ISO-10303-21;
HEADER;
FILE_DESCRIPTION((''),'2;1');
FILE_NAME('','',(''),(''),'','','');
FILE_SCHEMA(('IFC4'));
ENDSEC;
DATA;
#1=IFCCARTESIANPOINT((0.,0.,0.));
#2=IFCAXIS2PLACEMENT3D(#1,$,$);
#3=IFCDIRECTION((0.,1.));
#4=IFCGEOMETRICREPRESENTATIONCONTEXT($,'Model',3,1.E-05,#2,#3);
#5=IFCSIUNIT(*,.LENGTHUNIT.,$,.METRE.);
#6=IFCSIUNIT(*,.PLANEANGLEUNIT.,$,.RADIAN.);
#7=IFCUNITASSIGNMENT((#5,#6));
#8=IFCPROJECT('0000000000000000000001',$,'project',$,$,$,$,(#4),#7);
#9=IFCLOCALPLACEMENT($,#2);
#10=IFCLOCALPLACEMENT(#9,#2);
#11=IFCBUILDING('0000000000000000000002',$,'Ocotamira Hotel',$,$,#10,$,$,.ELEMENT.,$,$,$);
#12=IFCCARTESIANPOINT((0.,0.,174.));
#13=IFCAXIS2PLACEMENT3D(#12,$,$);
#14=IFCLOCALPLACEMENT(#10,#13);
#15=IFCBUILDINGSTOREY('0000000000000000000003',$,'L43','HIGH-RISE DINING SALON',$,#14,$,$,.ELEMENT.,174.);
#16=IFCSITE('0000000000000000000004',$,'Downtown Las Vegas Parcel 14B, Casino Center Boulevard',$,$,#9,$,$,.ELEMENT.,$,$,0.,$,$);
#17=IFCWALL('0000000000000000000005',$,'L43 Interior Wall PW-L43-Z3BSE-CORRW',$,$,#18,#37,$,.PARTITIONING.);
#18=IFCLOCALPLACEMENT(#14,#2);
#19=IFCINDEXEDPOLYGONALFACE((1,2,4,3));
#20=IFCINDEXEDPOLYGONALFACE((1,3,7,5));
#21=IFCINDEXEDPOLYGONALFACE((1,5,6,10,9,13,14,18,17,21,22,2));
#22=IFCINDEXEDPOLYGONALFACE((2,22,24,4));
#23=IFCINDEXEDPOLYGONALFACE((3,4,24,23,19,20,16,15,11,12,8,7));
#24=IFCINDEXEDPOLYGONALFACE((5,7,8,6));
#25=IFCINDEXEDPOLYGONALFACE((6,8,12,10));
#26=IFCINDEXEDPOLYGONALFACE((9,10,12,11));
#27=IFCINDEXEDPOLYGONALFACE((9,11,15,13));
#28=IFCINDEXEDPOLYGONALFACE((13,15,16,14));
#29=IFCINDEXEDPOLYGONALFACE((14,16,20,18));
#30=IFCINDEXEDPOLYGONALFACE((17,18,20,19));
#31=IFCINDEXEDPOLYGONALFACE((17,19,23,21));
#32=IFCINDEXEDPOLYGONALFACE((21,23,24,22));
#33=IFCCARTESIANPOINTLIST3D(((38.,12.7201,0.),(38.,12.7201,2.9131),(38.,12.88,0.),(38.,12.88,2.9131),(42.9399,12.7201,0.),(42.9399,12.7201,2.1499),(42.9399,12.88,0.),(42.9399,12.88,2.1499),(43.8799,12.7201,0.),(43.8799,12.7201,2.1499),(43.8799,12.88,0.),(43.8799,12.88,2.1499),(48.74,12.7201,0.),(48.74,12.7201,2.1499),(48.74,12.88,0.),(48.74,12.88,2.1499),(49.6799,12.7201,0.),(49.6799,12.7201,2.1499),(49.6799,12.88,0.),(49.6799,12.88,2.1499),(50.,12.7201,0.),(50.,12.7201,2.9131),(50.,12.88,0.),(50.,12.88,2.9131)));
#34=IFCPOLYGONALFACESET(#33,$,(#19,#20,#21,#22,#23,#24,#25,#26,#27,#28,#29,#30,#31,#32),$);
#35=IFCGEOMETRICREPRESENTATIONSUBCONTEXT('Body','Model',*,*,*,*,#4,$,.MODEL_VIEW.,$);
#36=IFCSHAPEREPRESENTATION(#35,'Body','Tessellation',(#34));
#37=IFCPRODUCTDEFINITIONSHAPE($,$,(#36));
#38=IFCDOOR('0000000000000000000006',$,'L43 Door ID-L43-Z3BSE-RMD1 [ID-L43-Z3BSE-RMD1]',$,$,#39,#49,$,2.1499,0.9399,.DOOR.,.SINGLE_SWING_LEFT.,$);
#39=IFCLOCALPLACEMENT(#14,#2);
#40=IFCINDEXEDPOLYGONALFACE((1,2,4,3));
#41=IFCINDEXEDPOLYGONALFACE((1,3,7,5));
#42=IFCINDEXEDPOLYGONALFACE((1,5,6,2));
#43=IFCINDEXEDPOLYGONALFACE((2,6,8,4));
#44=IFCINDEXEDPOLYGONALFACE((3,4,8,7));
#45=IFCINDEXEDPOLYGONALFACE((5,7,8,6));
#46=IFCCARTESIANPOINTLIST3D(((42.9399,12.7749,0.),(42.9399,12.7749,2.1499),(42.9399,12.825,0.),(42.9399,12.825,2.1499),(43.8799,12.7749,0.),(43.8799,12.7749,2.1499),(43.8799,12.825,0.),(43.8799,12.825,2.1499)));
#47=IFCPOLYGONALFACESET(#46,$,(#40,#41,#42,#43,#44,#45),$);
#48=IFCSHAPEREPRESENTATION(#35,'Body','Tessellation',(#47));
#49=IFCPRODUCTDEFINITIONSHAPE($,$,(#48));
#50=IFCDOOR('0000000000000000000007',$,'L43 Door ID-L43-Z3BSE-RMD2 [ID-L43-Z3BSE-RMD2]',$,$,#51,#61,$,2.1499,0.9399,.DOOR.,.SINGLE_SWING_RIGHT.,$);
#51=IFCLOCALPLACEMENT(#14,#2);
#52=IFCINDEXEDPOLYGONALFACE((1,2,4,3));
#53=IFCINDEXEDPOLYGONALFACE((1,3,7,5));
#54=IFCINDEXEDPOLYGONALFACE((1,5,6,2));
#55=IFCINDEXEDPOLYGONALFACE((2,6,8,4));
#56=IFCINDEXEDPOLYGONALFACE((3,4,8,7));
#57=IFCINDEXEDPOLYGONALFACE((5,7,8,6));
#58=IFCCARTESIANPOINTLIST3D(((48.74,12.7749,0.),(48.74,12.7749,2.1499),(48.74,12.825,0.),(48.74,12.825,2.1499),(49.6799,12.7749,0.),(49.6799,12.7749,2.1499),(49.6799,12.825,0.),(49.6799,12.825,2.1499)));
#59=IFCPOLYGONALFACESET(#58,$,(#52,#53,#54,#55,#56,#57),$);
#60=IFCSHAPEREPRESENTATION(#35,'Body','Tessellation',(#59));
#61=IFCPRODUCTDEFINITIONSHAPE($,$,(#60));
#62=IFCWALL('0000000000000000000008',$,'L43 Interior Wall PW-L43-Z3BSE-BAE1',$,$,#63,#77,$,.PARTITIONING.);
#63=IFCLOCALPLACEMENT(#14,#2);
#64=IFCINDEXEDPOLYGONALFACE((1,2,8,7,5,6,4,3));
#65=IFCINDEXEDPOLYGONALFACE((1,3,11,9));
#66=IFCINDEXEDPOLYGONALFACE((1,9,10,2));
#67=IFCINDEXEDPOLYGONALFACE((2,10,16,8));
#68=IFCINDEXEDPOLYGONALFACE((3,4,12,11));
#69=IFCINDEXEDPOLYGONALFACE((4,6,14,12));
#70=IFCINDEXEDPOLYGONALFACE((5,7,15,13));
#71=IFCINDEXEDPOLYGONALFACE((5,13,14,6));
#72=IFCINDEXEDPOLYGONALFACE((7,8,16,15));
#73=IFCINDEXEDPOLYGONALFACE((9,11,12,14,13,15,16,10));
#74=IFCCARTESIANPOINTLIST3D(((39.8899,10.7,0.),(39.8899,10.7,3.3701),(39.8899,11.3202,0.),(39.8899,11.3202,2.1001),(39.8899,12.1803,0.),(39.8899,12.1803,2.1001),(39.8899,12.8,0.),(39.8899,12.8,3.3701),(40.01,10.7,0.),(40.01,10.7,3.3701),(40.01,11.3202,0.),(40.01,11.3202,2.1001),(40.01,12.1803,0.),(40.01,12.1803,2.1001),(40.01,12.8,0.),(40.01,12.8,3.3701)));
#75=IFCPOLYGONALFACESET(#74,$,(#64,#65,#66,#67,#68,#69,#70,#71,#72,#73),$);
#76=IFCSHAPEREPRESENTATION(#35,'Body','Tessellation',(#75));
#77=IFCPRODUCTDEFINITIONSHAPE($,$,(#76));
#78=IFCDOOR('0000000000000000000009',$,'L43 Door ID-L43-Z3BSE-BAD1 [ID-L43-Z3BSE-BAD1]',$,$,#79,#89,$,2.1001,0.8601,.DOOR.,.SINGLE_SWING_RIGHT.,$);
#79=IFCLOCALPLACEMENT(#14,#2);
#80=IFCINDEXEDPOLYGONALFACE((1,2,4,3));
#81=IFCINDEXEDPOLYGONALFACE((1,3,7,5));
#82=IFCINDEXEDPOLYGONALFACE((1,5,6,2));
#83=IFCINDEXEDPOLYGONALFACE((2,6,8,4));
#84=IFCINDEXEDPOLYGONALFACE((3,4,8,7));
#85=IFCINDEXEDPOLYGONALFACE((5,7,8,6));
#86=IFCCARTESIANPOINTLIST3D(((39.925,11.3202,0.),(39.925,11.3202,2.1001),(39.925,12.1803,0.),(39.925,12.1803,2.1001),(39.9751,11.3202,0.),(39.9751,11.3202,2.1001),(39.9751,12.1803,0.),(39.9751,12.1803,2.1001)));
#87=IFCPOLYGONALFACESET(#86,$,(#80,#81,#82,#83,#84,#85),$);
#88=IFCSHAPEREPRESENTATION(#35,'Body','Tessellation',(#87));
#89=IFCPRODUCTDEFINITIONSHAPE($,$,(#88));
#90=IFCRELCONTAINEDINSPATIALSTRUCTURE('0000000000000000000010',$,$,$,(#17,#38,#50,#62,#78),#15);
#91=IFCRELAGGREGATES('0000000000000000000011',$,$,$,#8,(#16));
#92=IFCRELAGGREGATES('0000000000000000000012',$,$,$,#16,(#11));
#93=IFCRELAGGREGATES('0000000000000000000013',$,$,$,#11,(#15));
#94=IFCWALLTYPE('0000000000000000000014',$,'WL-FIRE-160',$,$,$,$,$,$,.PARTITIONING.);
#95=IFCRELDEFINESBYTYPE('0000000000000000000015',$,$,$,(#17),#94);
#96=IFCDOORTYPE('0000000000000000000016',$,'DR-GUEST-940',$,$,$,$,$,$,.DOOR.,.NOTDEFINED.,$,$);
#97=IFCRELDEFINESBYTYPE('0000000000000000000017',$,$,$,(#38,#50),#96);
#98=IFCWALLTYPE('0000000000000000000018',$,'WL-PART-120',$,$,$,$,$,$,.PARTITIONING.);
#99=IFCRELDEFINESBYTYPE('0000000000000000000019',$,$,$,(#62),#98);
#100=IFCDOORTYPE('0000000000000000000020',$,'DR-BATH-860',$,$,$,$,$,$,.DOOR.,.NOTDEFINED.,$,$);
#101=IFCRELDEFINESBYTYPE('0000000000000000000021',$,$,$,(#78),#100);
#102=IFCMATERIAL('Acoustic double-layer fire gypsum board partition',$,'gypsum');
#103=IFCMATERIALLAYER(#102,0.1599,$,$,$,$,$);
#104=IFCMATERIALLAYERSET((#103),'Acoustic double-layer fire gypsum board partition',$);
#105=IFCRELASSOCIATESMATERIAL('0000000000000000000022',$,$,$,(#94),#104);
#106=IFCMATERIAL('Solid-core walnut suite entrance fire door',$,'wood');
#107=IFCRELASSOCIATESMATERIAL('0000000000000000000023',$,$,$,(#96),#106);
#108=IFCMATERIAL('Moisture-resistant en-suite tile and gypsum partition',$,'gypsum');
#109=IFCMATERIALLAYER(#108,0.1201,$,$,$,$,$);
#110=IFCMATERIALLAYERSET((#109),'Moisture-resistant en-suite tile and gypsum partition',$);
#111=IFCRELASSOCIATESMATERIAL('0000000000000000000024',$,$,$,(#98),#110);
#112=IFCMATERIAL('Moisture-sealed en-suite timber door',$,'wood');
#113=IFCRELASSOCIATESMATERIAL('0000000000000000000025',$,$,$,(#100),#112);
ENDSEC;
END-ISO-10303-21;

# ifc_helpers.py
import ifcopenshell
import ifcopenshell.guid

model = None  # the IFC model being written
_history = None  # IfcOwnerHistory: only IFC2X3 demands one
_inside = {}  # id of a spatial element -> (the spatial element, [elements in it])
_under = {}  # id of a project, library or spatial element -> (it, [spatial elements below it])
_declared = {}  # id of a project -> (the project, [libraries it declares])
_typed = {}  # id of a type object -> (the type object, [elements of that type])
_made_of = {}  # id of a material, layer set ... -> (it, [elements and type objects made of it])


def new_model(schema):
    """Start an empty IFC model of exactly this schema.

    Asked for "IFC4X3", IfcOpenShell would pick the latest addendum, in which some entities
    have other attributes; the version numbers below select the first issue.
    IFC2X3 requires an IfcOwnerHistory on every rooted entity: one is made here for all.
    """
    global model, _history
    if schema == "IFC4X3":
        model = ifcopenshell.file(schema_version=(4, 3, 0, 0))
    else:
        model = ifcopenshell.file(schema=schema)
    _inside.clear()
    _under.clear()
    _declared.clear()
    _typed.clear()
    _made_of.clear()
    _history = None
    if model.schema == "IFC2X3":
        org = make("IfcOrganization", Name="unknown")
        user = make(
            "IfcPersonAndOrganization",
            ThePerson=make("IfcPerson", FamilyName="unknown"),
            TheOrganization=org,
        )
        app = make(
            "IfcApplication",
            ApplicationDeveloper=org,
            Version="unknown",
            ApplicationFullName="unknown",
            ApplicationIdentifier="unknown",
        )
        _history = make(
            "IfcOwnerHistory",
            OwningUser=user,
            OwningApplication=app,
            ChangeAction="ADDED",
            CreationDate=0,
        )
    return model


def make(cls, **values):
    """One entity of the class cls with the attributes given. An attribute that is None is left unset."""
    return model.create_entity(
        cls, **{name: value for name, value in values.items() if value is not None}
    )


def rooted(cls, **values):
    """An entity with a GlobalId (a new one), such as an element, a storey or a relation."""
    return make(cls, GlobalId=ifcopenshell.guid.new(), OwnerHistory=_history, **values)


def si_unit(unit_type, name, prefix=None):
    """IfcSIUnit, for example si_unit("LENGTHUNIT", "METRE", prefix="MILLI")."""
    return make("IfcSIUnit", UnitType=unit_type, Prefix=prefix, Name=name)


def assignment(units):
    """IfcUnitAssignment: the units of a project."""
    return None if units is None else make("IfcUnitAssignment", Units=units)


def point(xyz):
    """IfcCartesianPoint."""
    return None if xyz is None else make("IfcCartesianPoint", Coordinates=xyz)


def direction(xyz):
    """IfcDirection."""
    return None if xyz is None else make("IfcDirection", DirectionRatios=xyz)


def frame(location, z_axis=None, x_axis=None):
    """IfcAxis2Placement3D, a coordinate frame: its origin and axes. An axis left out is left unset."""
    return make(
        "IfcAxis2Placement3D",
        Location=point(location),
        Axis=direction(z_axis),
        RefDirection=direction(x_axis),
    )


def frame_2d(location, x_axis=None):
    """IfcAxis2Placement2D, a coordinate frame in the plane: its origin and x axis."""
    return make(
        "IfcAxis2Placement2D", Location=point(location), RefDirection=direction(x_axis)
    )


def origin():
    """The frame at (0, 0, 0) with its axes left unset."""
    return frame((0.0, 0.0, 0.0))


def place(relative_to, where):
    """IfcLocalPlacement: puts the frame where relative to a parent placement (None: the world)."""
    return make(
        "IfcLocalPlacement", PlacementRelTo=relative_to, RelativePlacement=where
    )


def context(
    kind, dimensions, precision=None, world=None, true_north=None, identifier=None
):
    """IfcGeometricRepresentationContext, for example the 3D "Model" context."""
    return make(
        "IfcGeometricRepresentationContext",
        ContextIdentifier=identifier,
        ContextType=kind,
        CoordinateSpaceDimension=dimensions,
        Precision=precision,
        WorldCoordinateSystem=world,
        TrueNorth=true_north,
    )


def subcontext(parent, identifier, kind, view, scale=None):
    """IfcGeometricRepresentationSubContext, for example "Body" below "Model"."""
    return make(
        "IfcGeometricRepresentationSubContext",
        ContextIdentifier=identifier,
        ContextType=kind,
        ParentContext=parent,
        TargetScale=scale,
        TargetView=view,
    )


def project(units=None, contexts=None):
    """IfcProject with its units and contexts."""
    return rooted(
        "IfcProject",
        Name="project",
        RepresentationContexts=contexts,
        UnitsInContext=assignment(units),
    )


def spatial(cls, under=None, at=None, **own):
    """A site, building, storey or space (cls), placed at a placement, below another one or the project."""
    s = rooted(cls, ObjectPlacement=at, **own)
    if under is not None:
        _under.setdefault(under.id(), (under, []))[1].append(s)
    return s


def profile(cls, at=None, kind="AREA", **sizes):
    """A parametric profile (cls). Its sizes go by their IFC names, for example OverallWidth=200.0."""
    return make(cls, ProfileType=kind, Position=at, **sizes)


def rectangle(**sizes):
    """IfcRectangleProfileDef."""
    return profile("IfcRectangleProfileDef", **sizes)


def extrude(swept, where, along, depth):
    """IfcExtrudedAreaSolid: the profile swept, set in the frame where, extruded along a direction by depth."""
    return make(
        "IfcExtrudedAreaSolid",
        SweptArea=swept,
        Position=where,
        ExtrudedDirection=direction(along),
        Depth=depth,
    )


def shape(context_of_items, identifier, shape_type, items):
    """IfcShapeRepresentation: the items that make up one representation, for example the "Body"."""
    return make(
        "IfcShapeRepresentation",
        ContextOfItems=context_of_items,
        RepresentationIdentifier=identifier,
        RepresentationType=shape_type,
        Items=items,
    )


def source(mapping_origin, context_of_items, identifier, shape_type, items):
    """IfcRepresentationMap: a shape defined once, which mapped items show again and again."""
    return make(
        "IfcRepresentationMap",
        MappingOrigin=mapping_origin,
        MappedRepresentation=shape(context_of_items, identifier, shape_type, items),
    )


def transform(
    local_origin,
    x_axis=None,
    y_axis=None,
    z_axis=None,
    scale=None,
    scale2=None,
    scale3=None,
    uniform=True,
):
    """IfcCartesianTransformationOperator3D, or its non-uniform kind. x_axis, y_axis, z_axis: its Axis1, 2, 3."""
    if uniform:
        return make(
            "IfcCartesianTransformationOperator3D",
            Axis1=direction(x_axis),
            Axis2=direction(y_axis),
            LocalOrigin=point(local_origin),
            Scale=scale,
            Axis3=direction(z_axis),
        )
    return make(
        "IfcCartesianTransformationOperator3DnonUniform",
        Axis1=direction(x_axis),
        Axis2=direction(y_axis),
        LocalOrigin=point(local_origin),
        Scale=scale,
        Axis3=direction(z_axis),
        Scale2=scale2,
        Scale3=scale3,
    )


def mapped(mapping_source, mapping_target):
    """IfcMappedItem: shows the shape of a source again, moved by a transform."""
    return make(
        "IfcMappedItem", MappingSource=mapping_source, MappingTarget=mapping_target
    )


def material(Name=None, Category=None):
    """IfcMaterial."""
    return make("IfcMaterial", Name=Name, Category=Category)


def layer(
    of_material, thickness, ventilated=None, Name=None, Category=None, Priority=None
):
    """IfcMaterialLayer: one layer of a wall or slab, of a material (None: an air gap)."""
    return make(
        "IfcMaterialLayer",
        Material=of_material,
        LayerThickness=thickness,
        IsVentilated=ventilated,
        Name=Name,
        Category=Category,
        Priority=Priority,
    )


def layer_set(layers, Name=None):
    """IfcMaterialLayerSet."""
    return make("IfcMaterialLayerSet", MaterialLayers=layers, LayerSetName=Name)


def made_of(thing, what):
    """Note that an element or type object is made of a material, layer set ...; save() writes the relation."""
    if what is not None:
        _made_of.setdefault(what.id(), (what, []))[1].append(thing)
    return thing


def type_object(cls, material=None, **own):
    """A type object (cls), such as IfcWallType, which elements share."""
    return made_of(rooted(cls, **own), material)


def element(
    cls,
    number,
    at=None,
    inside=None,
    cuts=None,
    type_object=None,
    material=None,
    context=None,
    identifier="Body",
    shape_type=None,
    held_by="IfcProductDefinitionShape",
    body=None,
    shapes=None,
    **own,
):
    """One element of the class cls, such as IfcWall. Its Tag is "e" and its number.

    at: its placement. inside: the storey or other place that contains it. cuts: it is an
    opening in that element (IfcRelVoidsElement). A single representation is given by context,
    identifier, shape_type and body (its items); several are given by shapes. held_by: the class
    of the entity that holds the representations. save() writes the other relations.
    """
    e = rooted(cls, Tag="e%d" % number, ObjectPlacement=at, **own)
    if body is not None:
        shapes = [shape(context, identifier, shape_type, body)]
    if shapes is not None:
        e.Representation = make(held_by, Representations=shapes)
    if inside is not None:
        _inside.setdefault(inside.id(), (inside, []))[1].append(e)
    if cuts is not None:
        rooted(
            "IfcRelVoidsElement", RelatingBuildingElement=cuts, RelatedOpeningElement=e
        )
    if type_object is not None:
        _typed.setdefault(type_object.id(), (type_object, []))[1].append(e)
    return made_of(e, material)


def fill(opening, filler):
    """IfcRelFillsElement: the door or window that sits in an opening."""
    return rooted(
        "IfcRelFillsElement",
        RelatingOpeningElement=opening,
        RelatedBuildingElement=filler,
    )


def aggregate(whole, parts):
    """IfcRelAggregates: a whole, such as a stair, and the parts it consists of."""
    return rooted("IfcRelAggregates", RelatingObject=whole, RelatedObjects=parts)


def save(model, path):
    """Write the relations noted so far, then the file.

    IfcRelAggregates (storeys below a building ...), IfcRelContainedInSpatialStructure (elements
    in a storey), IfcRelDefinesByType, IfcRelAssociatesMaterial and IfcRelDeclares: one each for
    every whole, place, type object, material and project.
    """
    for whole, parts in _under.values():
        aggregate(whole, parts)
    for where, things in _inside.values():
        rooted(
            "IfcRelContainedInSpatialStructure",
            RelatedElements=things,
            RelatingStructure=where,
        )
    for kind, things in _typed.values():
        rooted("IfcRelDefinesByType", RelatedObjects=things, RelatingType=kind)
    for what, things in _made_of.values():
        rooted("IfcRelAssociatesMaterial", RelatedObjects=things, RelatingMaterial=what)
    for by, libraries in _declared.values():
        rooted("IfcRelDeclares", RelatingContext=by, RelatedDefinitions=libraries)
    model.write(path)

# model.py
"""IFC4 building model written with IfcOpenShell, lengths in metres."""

from ifc_helpers import new_model, si_unit, direction, frame, frame_2d, origin, place, context, subcontext, project, spatial, rectangle, extrude, source, transform, mapped, material, layer, layer_set, type_object, element, fill, save


model = new_model("IFC4")

# Units and contexts
model_context = context("Model", 3, precision=1e-05, world=origin(), true_north=direction((0.0, 1.0)))
body_context = subcontext(model_context, "Body", "Model", "MODEL_VIEW")
ifc_project = project(units=[si_unit("LENGTHUNIT", "METRE"), si_unit("PLANEANGLEUNIT", "RADIAN")], contexts=[model_context])

# Site, building, storey
site_placement = place(None, origin())
site = spatial("IfcSite", under=ifc_project, at=site_placement, Name="Downtown Las Vegas Parcel 14B, Casino Center Boulevard", CompositionType="ELEMENT", RefElevation=0.0)
building_placement = place(site_placement, origin())
building = spatial("IfcBuilding", under=site, at=building_placement, Name="Ocotamira Hotel", CompositionType="ELEMENT")
storey_placement = place(building_placement, frame((0.0, 0.0, 174.0)))
storey = spatial("IfcBuildingStorey", under=building, at=storey_placement, Name="L43", Description="HIGH-RISE DINING SALON", CompositionType="ELEMENT", Elevation=174.0)

# Wall, openings, doors
ifc_material_1 = material(Name="Acoustic double-layer fire gypsum board partition", Category="gypsum")
ifc_layer_1 = layer(ifc_material_1, 0.1599)
ifc_layer_set_1 = layer_set([ifc_layer_1], Name="Acoustic double-layer fire gypsum board partition")
wall_type_1 = type_object("IfcWallType", Name="WL-FIRE-160", PredefinedType="PARTITIONING", material=ifc_layer_set_1)
wall_1_placement = place(storey_placement, frame((38.0, 12.8, 0.0), z_axis=(0.0, 0.0, 1.0), x_axis=(1.0, 0.0, 0.0)))
wall_1 = element("IfcWall", 1, at=wall_1_placement, inside=storey, type_object=wall_type_1, Name="L43 Interior Wall PW-L43-Z3BSE-CORRW", PredefinedType="PARTITIONING", context=body_context, shape_type="SweptSolid", body=[
    extrude(rectangle(XDim=12.0, YDim=0.1599, at=frame_2d((6.0, 0.0))), origin(), (0.0, 0.0, 1.0), 2.9131),
])
opening_1_placement = place(wall_1_placement, frame((4.9399, 0.0, 0.0)))
opening_1 = element("IfcOpeningElement", 2, at=opening_1_placement, cuts=wall_1, PredefinedType="OPENING", context=body_context, shape_type="SweptSolid", body=[
    extrude(rectangle(XDim=0.9399, YDim=2.1499, at=frame_2d((0.47, 1.075))), frame((0.0, 0.0898, 0.0), z_axis=(0.0, -1.0, 0.0), x_axis=(1.0, 0.0, 0.0)), (0.0, 0.0, 1.0), 0.1799),
])
opening_2_placement = place(wall_1_placement, frame((10.74, 0.0, 0.0)))
opening_2 = element("IfcOpeningElement", 3, at=opening_2_placement, cuts=wall_1, PredefinedType="OPENING", context=body_context, shape_type="SweptSolid", body=[
    extrude(rectangle(XDim=0.9399, YDim=2.1499, at=frame_2d((0.47, 1.075))), frame((0.0, 0.0898, 0.0), z_axis=(0.0, -1.0, 0.0), x_axis=(1.0, 0.0, 0.0)), (0.0, 0.0, 1.0), 0.1799),
])
ifc_material_2 = material(Name="Solid-core walnut suite entrance fire door", Category="wood")
door_type_1 = type_object("IfcDoorType", Name="DR-GUEST-940", OperationType="NOTDEFINED", PredefinedType="DOOR", material=ifc_material_2)
shared_shape_1 = source(origin(), body_context, "Body", "SweptSolid", [
    extrude(rectangle(XDim=0.9399, YDim=2.1499, at=frame_2d((0.47, 1.075))), frame((0.0, 0.0249, 0.0), z_axis=(0.0, -1.0, 0.0), x_axis=(1.0, 0.0, 0.0)), (0.0, 0.0, 1.0), 0.05),
])
door_1_placement = place(opening_1_placement, origin())
door_1 = element("IfcDoor", 4, at=door_1_placement, inside=storey, type_object=door_type_1, Name="L43 Door ID-L43-Z3BSE-RMD1 [ID-L43-Z3BSE-RMD1]", OperationType="SINGLE_SWING_LEFT", OverallHeight=2.1499, OverallWidth=0.9399, PredefinedType="DOOR", context=body_context, shape_type="MappedRepresentation", body=[
    mapped(shared_shape_1, transform((0.0, 0.0, 0.0), scale=1.0)),
])
fill(opening_1, door_1)
door_2_placement = place(opening_2_placement, origin())
door_2 = element("IfcDoor", 5, at=door_2_placement, inside=storey, type_object=door_type_1, Name="L43 Door ID-L43-Z3BSE-RMD2 [ID-L43-Z3BSE-RMD2]", OperationType="SINGLE_SWING_RIGHT", OverallHeight=2.1499, OverallWidth=0.9399, PredefinedType="DOOR", context=body_context, shape_type="MappedRepresentation", body=[
    mapped(shared_shape_1, transform((0.0, 0.0, 0.0), scale=1.0)),
])
fill(opening_2, door_2)

# Wall, opening, door
ifc_material_3 = material(Name="Moisture-resistant en-suite tile and gypsum partition", Category="gypsum")
ifc_layer_2 = layer(ifc_material_3, 0.1201)
ifc_layer_set_2 = layer_set([ifc_layer_2], Name="Moisture-resistant en-suite tile and gypsum partition")
wall_type_2 = type_object("IfcWallType", Name="WL-PART-120", PredefinedType="PARTITIONING", material=ifc_layer_set_2)
wall_2_placement = place(storey_placement, frame((39.95, 10.7, 0.0), z_axis=(0.0, 0.0, 1.0), x_axis=(0.0, 1.0, 0.0)))
wall_2 = element("IfcWall", 6, at=wall_2_placement, inside=storey, type_object=wall_type_2, Name="L43 Interior Wall PW-L43-Z3BSE-BAE1", PredefinedType="PARTITIONING", context=body_context, shape_type="SweptSolid", body=[
    extrude(rectangle(XDim=2.1001, YDim=0.1201, at=frame_2d((1.05, 0.0))), origin(), (0.0, 0.0, 1.0), 3.3701),
])
opening_3_placement = place(wall_2_placement, frame((0.6201, 0.0, 0.0)))
opening_3 = element("IfcOpeningElement", 7, at=opening_3_placement, cuts=wall_2, PredefinedType="OPENING", context=body_context, shape_type="SweptSolid", body=[
    extrude(rectangle(XDim=0.8601, YDim=2.1001, at=frame_2d((0.4302, 1.05))), frame((0.0, 0.0701, 0.0), z_axis=(0.0, -1.0, 0.0), x_axis=(1.0, 0.0, 0.0)), (0.0, 0.0, 1.0), 0.1401),
])
ifc_material_4 = material(Name="Moisture-sealed en-suite timber door", Category="wood")
door_type_2 = type_object("IfcDoorType", Name="DR-BATH-860", OperationType="NOTDEFINED", PredefinedType="DOOR", material=ifc_material_4)
shared_shape_2 = source(origin(), body_context, "Body", "SweptSolid", [
    extrude(rectangle(XDim=0.8601, YDim=2.1001, at=frame_2d((0.4302, 1.05))), frame((0.0, 0.0249, 0.0), z_axis=(0.0, -1.0, 0.0), x_axis=(1.0, 0.0, 0.0)), (0.0, 0.0, 1.0), 0.05),
])
door_3_placement = place(opening_3_placement, origin())
door_3 = element("IfcDoor", 8, at=door_3_placement, inside=storey, type_object=door_type_2, Name="L43 Door ID-L43-Z3BSE-BAD1 [ID-L43-Z3BSE-BAD1]", OperationType="SINGLE_SWING_RIGHT", OverallHeight=2.1001, OverallWidth=0.8601, PredefinedType="DOOR", context=body_context, shape_type="MappedRepresentation", body=[
    mapped(shared_shape_2, transform((0.0, 0.0, 0.0), scale=1.0)),
])
fill(opening_3, door_3)

save(model, "model.ifc")
